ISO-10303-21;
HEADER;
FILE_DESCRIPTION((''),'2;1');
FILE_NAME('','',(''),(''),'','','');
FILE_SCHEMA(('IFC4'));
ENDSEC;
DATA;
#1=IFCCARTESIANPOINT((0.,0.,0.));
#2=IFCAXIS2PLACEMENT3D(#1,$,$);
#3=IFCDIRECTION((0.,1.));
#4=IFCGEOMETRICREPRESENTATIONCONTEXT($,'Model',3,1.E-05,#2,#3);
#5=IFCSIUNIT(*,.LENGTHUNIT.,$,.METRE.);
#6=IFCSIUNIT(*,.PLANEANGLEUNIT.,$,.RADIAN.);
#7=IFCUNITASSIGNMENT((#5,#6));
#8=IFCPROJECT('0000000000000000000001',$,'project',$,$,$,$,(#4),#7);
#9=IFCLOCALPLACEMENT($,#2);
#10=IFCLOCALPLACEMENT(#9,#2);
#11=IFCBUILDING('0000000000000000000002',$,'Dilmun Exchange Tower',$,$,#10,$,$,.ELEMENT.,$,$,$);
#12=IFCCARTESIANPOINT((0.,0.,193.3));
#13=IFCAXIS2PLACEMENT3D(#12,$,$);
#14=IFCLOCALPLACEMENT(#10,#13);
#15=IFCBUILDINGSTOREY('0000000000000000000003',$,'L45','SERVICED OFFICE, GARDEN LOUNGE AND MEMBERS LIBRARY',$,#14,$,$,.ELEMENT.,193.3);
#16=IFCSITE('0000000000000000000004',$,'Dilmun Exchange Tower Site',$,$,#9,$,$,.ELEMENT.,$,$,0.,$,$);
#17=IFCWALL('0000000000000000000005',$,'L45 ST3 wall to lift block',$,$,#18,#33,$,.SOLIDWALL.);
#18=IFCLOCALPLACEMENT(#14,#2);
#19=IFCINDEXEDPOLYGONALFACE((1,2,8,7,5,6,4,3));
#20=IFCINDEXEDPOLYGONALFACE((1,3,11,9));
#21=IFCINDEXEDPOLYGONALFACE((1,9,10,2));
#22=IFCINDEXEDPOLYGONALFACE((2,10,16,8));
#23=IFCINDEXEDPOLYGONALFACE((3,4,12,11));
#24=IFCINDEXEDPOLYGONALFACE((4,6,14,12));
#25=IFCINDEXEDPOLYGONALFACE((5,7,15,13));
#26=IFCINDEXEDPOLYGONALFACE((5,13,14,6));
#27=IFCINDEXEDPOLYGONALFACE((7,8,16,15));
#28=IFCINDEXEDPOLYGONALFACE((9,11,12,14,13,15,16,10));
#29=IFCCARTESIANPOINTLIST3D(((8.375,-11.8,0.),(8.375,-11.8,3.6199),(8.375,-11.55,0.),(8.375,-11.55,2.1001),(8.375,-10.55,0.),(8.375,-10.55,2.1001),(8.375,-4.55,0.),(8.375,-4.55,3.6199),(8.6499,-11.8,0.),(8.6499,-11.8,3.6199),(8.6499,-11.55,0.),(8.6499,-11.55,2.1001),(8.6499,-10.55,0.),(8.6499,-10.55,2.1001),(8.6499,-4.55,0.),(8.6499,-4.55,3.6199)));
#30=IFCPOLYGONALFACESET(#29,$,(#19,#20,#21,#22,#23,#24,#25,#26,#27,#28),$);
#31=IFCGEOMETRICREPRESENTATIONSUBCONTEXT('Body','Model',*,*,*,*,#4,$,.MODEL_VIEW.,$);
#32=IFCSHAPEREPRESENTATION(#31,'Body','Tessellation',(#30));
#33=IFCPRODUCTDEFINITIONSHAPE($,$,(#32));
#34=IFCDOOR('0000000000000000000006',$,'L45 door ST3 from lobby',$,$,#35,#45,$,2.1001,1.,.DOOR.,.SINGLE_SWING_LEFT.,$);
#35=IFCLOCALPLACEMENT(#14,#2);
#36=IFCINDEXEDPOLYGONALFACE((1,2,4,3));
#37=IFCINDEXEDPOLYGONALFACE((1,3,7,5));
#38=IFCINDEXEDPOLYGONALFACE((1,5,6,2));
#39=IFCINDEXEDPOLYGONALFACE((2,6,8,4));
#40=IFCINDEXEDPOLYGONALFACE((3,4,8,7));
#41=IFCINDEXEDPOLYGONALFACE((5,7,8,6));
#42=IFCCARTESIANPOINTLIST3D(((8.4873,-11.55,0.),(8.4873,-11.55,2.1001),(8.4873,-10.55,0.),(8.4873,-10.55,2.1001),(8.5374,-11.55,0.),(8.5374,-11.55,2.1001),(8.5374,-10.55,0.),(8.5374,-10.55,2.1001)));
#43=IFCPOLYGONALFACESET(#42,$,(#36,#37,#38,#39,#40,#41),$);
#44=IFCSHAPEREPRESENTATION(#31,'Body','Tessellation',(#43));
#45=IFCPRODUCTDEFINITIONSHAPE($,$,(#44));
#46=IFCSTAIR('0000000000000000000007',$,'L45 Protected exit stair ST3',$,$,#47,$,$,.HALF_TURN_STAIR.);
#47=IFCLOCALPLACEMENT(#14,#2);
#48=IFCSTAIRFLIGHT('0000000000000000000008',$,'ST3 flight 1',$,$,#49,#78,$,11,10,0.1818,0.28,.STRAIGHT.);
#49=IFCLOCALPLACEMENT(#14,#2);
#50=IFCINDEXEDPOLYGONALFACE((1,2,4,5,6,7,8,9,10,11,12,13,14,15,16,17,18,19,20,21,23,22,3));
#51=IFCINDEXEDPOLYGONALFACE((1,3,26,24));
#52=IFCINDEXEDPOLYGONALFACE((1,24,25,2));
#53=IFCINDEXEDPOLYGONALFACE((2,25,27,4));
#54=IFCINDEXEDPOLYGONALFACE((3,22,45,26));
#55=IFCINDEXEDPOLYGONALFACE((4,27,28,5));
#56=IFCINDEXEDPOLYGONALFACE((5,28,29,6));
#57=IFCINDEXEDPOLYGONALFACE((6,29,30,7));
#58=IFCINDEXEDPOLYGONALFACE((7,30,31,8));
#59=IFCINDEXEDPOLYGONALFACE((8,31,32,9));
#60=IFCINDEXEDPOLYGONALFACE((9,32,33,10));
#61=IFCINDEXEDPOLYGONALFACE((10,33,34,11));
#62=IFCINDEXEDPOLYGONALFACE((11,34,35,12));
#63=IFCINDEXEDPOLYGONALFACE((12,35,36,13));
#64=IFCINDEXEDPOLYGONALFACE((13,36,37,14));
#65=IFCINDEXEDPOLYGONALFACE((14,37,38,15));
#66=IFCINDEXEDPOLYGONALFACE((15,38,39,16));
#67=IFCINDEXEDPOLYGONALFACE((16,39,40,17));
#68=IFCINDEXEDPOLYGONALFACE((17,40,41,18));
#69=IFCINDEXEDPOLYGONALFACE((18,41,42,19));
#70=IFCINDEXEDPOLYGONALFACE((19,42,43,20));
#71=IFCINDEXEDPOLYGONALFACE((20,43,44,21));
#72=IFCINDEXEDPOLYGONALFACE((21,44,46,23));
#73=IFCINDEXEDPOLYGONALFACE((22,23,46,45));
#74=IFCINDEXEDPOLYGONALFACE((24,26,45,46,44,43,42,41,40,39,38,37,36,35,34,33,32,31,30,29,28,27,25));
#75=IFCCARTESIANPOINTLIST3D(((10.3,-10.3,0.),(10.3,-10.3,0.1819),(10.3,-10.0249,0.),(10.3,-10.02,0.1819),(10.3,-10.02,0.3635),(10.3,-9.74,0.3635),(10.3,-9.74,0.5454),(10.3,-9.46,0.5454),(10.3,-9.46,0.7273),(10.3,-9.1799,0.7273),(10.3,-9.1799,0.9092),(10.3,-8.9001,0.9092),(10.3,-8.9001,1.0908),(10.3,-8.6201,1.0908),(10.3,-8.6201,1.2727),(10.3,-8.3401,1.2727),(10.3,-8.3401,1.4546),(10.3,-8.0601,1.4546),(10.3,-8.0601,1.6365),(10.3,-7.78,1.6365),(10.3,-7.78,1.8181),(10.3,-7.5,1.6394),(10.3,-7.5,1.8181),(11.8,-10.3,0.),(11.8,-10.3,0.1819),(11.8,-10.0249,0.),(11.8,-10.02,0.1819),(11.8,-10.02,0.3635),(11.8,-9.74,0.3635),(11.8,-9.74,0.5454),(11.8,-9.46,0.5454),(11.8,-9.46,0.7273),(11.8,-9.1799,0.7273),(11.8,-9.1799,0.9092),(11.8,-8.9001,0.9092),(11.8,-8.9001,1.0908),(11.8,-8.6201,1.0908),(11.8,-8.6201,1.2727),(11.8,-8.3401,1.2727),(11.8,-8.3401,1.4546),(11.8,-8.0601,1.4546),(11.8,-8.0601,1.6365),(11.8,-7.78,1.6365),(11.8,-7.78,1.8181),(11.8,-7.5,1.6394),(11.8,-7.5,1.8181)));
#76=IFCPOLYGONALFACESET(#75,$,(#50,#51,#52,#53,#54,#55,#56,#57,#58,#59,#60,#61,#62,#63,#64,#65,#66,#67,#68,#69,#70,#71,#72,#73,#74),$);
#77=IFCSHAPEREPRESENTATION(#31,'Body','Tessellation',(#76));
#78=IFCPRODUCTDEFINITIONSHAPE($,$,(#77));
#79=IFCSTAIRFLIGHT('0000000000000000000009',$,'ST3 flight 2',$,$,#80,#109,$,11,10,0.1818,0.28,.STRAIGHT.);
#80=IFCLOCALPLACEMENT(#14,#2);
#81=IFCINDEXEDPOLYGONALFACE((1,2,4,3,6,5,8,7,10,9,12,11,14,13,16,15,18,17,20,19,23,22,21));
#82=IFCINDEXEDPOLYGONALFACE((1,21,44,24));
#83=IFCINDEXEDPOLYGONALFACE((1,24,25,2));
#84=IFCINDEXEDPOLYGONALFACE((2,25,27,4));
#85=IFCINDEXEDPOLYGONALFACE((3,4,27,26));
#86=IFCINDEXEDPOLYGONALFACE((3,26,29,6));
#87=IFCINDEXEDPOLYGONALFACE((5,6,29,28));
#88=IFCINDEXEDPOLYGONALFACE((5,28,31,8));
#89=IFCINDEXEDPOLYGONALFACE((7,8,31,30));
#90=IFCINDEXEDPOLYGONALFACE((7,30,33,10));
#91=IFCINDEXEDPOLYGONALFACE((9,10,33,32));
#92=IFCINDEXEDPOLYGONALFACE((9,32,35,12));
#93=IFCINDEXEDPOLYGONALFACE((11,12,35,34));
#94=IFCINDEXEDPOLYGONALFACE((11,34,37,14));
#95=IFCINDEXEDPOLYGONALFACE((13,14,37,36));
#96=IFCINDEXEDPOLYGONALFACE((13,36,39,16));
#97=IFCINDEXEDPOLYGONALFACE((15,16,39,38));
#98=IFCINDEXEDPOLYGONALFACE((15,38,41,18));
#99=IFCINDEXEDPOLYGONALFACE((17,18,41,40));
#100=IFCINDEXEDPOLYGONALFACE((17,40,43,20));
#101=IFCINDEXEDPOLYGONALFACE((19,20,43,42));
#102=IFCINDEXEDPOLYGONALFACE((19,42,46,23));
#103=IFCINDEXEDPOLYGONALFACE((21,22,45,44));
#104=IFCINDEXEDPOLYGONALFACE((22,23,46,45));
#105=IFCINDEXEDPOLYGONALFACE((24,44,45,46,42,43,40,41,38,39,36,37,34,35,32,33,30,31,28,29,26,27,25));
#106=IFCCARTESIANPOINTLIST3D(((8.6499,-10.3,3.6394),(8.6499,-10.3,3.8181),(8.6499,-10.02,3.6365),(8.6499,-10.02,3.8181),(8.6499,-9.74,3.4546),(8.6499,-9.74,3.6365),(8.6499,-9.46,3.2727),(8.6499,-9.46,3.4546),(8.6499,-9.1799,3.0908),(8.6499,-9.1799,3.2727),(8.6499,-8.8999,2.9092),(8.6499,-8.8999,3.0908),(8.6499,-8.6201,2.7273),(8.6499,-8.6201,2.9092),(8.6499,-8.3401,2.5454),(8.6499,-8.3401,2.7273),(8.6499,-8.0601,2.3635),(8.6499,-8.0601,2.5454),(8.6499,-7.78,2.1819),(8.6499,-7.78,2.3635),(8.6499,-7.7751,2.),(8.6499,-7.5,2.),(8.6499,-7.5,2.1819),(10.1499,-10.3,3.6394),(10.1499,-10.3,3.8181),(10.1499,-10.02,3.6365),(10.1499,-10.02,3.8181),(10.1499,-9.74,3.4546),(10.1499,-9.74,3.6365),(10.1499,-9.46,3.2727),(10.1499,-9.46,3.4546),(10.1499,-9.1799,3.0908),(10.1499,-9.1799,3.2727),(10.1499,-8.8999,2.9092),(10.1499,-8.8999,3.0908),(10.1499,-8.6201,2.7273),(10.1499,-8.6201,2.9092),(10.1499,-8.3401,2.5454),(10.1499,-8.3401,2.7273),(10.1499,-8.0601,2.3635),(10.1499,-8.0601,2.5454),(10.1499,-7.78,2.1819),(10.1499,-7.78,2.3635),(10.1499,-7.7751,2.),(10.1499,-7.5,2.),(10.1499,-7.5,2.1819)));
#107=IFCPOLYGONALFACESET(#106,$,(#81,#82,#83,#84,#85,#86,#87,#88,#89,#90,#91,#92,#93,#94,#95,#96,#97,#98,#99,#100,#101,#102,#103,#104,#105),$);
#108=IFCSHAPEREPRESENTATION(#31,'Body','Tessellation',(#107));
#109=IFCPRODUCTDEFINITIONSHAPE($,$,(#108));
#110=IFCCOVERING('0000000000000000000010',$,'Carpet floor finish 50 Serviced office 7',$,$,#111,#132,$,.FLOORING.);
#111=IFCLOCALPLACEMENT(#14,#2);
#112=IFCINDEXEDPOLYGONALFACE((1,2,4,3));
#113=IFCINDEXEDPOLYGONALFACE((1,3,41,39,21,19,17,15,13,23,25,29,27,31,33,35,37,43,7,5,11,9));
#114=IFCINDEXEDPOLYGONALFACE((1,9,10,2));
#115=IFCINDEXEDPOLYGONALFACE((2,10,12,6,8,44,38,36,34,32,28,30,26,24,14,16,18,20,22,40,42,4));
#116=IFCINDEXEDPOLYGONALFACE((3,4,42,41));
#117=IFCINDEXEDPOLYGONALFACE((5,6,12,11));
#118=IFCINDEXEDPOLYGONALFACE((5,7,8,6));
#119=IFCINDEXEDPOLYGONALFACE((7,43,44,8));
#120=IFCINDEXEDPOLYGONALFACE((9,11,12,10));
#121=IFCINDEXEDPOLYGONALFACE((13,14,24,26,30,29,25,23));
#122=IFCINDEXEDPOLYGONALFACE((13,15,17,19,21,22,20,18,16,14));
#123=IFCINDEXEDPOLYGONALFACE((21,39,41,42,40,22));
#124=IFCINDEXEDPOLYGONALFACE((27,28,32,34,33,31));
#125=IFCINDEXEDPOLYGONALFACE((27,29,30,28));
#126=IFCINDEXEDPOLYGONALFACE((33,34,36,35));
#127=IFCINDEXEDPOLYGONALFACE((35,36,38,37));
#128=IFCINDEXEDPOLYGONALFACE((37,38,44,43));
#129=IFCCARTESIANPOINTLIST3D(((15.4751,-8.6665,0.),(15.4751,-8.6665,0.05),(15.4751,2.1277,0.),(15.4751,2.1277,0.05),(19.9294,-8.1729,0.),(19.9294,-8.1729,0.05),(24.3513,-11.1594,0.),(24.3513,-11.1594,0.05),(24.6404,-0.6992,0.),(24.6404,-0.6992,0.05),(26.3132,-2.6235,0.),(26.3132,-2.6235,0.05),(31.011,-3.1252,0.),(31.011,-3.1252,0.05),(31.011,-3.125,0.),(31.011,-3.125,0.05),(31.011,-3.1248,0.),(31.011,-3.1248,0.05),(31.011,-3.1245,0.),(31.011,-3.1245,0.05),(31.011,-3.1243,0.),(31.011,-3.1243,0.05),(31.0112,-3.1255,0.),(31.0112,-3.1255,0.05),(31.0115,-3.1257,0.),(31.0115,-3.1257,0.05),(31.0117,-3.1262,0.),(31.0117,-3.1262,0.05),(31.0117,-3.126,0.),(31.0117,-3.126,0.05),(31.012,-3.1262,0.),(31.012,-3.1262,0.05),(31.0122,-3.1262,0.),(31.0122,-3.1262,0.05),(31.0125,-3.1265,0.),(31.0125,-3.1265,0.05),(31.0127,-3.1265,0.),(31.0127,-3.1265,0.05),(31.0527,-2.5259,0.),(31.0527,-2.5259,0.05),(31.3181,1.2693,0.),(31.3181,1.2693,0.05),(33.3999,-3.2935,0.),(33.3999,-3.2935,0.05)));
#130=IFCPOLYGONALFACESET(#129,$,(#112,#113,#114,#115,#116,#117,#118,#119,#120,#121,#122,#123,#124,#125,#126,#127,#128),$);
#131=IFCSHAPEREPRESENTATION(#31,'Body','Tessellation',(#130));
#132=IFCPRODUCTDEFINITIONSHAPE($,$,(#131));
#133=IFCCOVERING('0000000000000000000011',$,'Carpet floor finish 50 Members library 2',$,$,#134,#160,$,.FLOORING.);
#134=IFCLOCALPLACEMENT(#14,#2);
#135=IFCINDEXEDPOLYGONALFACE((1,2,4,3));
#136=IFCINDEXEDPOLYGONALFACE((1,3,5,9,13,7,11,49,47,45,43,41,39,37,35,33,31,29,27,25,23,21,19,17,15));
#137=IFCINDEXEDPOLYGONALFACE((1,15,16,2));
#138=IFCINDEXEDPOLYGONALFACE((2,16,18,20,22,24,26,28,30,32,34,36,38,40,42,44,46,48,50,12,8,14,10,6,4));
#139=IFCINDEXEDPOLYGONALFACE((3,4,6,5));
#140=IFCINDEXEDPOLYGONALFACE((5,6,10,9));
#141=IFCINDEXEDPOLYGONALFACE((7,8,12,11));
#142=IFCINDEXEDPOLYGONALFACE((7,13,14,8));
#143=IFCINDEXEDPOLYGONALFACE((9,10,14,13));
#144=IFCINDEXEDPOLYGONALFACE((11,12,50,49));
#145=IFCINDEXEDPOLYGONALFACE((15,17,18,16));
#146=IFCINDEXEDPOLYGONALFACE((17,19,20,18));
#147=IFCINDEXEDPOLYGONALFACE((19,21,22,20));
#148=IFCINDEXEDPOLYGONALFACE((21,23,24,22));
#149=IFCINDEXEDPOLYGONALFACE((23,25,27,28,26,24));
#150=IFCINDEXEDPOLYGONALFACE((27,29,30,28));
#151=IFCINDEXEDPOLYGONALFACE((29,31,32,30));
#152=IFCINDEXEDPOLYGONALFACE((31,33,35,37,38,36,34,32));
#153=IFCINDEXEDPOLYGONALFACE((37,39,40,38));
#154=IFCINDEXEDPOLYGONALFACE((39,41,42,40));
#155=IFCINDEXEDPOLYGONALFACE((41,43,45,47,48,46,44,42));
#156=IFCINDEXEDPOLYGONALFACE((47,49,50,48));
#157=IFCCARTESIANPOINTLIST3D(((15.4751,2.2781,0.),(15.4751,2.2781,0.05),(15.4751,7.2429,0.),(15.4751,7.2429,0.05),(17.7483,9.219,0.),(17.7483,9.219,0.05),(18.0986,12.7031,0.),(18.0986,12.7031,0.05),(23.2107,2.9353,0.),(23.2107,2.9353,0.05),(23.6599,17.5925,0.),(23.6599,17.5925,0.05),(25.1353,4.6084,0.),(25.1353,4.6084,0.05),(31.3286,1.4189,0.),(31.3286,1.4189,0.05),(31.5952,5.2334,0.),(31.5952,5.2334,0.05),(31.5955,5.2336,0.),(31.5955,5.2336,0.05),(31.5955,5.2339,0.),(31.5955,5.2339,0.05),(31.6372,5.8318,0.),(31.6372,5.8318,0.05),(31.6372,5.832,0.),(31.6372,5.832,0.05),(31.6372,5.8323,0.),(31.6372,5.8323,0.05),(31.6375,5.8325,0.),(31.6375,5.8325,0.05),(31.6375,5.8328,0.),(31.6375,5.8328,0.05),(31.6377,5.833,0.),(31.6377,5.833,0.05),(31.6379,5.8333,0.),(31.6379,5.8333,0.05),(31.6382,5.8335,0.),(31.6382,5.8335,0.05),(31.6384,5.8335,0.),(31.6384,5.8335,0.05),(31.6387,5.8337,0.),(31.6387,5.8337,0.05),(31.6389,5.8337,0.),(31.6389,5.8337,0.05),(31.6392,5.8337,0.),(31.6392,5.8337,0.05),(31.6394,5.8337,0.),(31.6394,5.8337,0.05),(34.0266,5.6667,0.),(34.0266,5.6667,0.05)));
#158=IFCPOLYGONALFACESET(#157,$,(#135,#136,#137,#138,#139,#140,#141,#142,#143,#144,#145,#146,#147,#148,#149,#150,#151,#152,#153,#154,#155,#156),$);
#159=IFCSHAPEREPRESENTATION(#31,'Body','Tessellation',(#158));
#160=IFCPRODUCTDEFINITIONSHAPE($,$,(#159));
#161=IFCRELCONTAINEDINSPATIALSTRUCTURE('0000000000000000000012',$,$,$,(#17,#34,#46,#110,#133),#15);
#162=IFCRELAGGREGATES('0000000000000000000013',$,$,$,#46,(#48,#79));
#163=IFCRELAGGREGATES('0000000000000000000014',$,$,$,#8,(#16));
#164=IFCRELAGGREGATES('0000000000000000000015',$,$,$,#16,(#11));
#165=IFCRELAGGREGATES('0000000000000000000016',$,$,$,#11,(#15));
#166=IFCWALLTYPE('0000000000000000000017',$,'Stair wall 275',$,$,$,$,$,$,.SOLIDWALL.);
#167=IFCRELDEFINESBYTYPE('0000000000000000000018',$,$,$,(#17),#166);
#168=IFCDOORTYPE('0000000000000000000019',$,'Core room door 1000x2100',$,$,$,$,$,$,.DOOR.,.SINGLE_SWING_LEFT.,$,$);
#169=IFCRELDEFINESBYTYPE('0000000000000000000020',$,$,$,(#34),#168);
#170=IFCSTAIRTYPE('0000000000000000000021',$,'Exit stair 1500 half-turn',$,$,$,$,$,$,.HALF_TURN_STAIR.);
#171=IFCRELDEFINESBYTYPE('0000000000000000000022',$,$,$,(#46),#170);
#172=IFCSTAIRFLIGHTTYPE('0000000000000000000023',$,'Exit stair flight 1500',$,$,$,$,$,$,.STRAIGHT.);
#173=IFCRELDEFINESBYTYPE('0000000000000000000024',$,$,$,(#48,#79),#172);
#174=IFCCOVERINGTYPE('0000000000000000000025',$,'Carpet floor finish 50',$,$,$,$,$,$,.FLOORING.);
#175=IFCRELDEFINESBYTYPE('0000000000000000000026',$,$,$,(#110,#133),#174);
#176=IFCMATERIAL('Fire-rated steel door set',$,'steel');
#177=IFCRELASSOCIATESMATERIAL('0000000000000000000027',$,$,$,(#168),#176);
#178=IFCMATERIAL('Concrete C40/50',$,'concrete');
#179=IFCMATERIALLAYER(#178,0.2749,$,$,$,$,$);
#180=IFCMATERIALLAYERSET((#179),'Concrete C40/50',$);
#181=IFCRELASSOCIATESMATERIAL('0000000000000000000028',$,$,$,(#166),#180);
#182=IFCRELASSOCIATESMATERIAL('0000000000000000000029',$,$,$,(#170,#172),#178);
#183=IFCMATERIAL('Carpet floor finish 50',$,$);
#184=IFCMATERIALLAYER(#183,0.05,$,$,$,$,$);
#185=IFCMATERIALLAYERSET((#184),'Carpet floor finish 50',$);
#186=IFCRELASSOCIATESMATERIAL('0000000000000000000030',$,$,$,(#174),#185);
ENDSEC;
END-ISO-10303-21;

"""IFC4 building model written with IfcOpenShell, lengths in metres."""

from ifc_helpers import new_model, si_unit, direction, frame, frame_2d, origin, place, context, subcontext, project, spatial, polyline, rectangle, outline, extrude, material, layer, layer_set, type_object, element, fill, aggregate, save


model = new_model("IFC4")

# Units and contexts
model_context = context("Model", 3, precision=1e-05, world=origin(), true_north=direction((0.0, 1.0)))
body_context = subcontext(model_context, "Body", "Model", "MODEL_VIEW")
ifc_project = project(units=[si_unit("LENGTHUNIT", "METRE"), si_unit("PLANEANGLEUNIT", "RADIAN")], contexts=[model_context])

# Site, building, storey
site_placement = place(None, origin())
site = spatial("IfcSite", under=ifc_project, at=site_placement, Name="Dilmun Exchange Tower Site", CompositionType="ELEMENT", RefElevation=0.0)
building_placement = place(site_placement, origin())
building = spatial("IfcBuilding", under=site, at=building_placement, Name="Dilmun Exchange Tower", CompositionType="ELEMENT")
storey_placement = place(building_placement, frame((0.0, 0.0, 193.3)))
storey = spatial("IfcBuildingStorey", under=building, at=storey_placement, Name="L45", Description="SERVICED OFFICE, GARDEN LOUNGE AND MEMBERS LIBRARY", CompositionType="ELEMENT", Elevation=193.3)

# Shared definitions
ifc_material_1 = material(Name="Concrete C40/50", Category="concrete")

# Shared definitions
ifc_material_2 = material(Name="Fire-rated steel door set", Category="steel")
door_type_1 = type_object("IfcDoorType", Name="Core room door 1000x2100", OperationType="SINGLE_SWING_LEFT", PredefinedType="DOOR", material=ifc_material_2)

# Wall, opening, door
ifc_layer_1 = layer(ifc_material_1, 0.2749)
ifc_layer_set_1 = layer_set([ifc_layer_1], Name="Concrete C40/50")
wall_type_1 = type_object("IfcWallType", Name="Stair wall 275", PredefinedType="SOLIDWALL", material=ifc_layer_set_1)
wall_1_placement = place(storey_placement, frame((8.5125, -4.55, 0.0), z_axis=(0.0, 0.0, 1.0), x_axis=(0.0, -1.0, 0.0)))
wall_1 = element("IfcWall", 1, at=wall_1_placement, inside=storey, type_object=wall_type_1, Name="L45 ST3 wall to lift block", PredefinedType="SOLIDWALL", context=body_context, shape_type="SweptSolid", body=[
    extrude(rectangle(XDim=7.25, YDim=0.2749, at=frame_2d((3.625, 0.0))), origin(), (0.0, 0.0, 1.0), 3.6199),
])
opening_1_placement = place(wall_1_placement, frame((6.0, 0.0, 0.0)))
opening_1 = element("IfcOpeningElement", 2, at=opening_1_placement, cuts=wall_1, PredefinedType="OPENING", context=body_context, shape_type="SweptSolid", body=[
    extrude(rectangle(XDim=1.0, YDim=2.1001, at=frame_2d((0.5, 1.05))), frame((0.0, 0.1475, 0.0), z_axis=(0.0, -1.0, 0.0), x_axis=(1.0, 0.0, 0.0)), (0.0, 0.0, 1.0), 0.2949),
])
door_1_placement = place(opening_1_placement, origin())
door_1 = element("IfcDoor", 3, at=door_1_placement, inside=storey, type_object=door_type_1, Name="L45 door ST3 from lobby", OperationType="SINGLE_SWING_LEFT", OverallHeight=2.1001, OverallWidth=1.0, PredefinedType="DOOR", context=body_context, shape_type="SweptSolid", body=[
    extrude(rectangle(XDim=1.0, YDim=2.1001, at=frame_2d((0.5, 1.05))), frame((0.0, 0.0249, 0.0), z_axis=(0.0, -1.0, 0.0), x_axis=(1.0, 0.0, 0.0)), (0.0, 0.0, 1.0), 0.05),
])
fill(opening_1, door_1)

# Stair, stair flights
stair_type = type_object("IfcStairType", Name="Exit stair 1500 half-turn", PredefinedType="HALF_TURN_STAIR", material=ifc_material_1)
stair_placement = place(storey_placement, origin())
stair = element("IfcStair", 4, at=stair_placement, inside=storey, type_object=stair_type, Name="L45 Protected exit stair ST3", PredefinedType="HALF_TURN_STAIR")
stair_flight_type = type_object("IfcStairFlightType", Name="Exit stair flight 1500", PredefinedType="STRAIGHT", material=ifc_material_1)
stair_flight_1_placement = place(storey_placement, frame((11.05, -10.3, 0.0), z_axis=(0.0, 0.0, 1.0), x_axis=(0.0, 1.0, 0.0)))
stair_flight_1 = element("IfcStairFlight", 5, at=stair_flight_1_placement, type_object=stair_flight_type, Name="ST3 flight 1", NumberOfRisers=11, NumberOfTreads=10, PredefinedType="STRAIGHT", RiserHeight=0.1818, TreadLength=0.28, context=body_context, shape_type="SweptSolid", body=[
    extrude(outline(polyline([(0.0, 0.0), (0.0, 0.1819), (0.28, 0.1819), (0.28, 0.3635), (0.5601, 0.3635), (0.5601, 0.5454), (0.8401, 0.5454), (0.8401, 0.7273), (1.1201, 0.7273), (1.1201, 0.9092), (1.3999, 0.9092), (1.3999, 1.0908), (1.6799, 1.0908), (1.6799, 1.2727), (1.96, 1.2727), (1.96, 1.4546), (2.24, 1.4546), (2.24, 1.6365), (2.52, 1.6365), (2.52, 1.8181), (2.8, 1.8181), (2.8, 2.0), (2.8, 1.6394), (0.2751, 0.0), (0.0, 0.0)])), frame((0.0, 0.75, 0.0), z_axis=(0.0, -1.0, 0.0), x_axis=(1.0, 0.0, 0.0)), (0.0, 0.0, 1.0), 1.5),
])
stair_flight_2_placement = place(storey_placement, frame((9.3999, -7.5, 2.0), z_axis=(0.0, 0.0, 1.0), x_axis=(0.0, -1.0, 0.0)))
stair_flight_2 = element("IfcStairFlight", 6, at=stair_flight_2_placement, type_object=stair_flight_type, Name="ST3 flight 2", NumberOfRisers=11, NumberOfTreads=10, PredefinedType="STRAIGHT", RiserHeight=0.1818, TreadLength=0.28, context=body_context, shape_type="SweptSolid", body=[
    extrude(outline(polyline([(0.0, 0.0), (0.0, 0.1819), (0.28, 0.1819), (0.28, 0.3635), (0.5601, 0.3635), (0.5601, 0.5454), (0.8401, 0.5454), (0.8401, 0.7273), (1.1201, 0.7273), (1.1201, 0.9092), (1.3999, 0.9092), (1.3999, 1.0908), (1.6799, 1.0908), (1.6799, 1.2727), (1.96, 1.2727), (1.96, 1.4546), (2.24, 1.4546), (2.24, 1.6365), (2.52, 1.6365), (2.52, 1.8181), (2.8, 1.8181), (2.8, 2.0), (2.8, 1.6394), (0.2751, 0.0), (0.0, 0.0)])), frame((0.0, 0.75, 0.0), z_axis=(0.0, -1.0, 0.0), x_axis=(1.0, 0.0, 0.0)), (0.0, 0.0, 1.0), 1.5),
])
aggregate(stair, [stair_flight_1, stair_flight_2])

# Coverings
ifc_material_3 = material(Name="Carpet floor finish 50")
ifc_layer_2 = layer(ifc_material_3, 0.05)
ifc_layer_set_2 = layer_set([ifc_layer_2], Name="Carpet floor finish 50")
covering_type = type_object("IfcCoveringType", Name="Carpet floor finish 50", PredefinedType="FLOORING", material=ifc_layer_set_2)
covering_1_placement = place(storey_placement, origin())
element("IfcCovering", 7, at=covering_1_placement, inside=storey, type_object=covering_type, Name="Carpet floor finish 50 Serviced office 7", PredefinedType="FLOORING", context=body_context, shape_type="SweptSolid", body=[
    extrude(outline(polyline([(19.9294, -8.1729), (26.3132, -2.6235), (24.6404, -0.6992), (15.4751, -8.6665), (15.4751, 2.1277), (31.3181, 1.2693), (31.0527, -2.5259), (31.0527, -2.5259), (31.011, -3.1243), (31.011, -3.1245), (31.011, -3.1248), (31.011, -3.125), (31.011, -3.125), (31.011, -3.1252), (31.0112, -3.1255), (31.0112, -3.1255), (31.0115, -3.1257), (31.0117, -3.126), (31.0117, -3.1262), (31.012, -3.1262), (31.0122, -3.1262), (31.0122, -3.1262), (31.0125, -3.1265), (31.0127, -3.1265), (31.0127, -3.1265), (33.3999, -3.2935), (24.3513, -11.1594), (19.9294, -8.1729)])), origin(), (0.0, 0.0, 1.0), 0.05),
])
covering_2_placement = place(storey_placement, origin())
element("IfcCovering", 8, at=covering_2_placement, inside=storey, type_object=covering_type, Name="Carpet floor finish 50 Members library 2", PredefinedType="FLOORING", context=body_context, shape_type="SweptSolid", body=[
    extrude(outline(polyline([(17.7483, 9.219), (23.2107, 2.9353), (25.1353, 4.6084), (18.0986, 12.7031), (23.6599, 17.5925), (34.0266, 5.6667), (31.6394, 5.8337), (31.6392, 5.8337), (31.6389, 5.8337), (31.6389, 5.8337), (31.6387, 5.8337), (31.6384, 5.8335), (31.6382, 5.8335), (31.6382, 5.8335), (31.6379, 5.8333), (31.6377, 5.833), (31.6377, 5.833), (31.6375, 5.8328), (31.6375, 5.8328), (31.6375, 5.8325), (31.6372, 5.8323), (31.6372, 5.832), (31.6372, 5.8318), (31.5955, 5.2339), (31.5955, 5.2339), (31.5955, 5.2336), (31.5952, 5.2334), (31.3286, 1.4189), (15.4751, 2.2781), (15.4751, 7.2429), (17.7483, 9.219)])), origin(), (0.0, 0.0, 1.0), 0.05),
])

save(model, "model.ifc")
